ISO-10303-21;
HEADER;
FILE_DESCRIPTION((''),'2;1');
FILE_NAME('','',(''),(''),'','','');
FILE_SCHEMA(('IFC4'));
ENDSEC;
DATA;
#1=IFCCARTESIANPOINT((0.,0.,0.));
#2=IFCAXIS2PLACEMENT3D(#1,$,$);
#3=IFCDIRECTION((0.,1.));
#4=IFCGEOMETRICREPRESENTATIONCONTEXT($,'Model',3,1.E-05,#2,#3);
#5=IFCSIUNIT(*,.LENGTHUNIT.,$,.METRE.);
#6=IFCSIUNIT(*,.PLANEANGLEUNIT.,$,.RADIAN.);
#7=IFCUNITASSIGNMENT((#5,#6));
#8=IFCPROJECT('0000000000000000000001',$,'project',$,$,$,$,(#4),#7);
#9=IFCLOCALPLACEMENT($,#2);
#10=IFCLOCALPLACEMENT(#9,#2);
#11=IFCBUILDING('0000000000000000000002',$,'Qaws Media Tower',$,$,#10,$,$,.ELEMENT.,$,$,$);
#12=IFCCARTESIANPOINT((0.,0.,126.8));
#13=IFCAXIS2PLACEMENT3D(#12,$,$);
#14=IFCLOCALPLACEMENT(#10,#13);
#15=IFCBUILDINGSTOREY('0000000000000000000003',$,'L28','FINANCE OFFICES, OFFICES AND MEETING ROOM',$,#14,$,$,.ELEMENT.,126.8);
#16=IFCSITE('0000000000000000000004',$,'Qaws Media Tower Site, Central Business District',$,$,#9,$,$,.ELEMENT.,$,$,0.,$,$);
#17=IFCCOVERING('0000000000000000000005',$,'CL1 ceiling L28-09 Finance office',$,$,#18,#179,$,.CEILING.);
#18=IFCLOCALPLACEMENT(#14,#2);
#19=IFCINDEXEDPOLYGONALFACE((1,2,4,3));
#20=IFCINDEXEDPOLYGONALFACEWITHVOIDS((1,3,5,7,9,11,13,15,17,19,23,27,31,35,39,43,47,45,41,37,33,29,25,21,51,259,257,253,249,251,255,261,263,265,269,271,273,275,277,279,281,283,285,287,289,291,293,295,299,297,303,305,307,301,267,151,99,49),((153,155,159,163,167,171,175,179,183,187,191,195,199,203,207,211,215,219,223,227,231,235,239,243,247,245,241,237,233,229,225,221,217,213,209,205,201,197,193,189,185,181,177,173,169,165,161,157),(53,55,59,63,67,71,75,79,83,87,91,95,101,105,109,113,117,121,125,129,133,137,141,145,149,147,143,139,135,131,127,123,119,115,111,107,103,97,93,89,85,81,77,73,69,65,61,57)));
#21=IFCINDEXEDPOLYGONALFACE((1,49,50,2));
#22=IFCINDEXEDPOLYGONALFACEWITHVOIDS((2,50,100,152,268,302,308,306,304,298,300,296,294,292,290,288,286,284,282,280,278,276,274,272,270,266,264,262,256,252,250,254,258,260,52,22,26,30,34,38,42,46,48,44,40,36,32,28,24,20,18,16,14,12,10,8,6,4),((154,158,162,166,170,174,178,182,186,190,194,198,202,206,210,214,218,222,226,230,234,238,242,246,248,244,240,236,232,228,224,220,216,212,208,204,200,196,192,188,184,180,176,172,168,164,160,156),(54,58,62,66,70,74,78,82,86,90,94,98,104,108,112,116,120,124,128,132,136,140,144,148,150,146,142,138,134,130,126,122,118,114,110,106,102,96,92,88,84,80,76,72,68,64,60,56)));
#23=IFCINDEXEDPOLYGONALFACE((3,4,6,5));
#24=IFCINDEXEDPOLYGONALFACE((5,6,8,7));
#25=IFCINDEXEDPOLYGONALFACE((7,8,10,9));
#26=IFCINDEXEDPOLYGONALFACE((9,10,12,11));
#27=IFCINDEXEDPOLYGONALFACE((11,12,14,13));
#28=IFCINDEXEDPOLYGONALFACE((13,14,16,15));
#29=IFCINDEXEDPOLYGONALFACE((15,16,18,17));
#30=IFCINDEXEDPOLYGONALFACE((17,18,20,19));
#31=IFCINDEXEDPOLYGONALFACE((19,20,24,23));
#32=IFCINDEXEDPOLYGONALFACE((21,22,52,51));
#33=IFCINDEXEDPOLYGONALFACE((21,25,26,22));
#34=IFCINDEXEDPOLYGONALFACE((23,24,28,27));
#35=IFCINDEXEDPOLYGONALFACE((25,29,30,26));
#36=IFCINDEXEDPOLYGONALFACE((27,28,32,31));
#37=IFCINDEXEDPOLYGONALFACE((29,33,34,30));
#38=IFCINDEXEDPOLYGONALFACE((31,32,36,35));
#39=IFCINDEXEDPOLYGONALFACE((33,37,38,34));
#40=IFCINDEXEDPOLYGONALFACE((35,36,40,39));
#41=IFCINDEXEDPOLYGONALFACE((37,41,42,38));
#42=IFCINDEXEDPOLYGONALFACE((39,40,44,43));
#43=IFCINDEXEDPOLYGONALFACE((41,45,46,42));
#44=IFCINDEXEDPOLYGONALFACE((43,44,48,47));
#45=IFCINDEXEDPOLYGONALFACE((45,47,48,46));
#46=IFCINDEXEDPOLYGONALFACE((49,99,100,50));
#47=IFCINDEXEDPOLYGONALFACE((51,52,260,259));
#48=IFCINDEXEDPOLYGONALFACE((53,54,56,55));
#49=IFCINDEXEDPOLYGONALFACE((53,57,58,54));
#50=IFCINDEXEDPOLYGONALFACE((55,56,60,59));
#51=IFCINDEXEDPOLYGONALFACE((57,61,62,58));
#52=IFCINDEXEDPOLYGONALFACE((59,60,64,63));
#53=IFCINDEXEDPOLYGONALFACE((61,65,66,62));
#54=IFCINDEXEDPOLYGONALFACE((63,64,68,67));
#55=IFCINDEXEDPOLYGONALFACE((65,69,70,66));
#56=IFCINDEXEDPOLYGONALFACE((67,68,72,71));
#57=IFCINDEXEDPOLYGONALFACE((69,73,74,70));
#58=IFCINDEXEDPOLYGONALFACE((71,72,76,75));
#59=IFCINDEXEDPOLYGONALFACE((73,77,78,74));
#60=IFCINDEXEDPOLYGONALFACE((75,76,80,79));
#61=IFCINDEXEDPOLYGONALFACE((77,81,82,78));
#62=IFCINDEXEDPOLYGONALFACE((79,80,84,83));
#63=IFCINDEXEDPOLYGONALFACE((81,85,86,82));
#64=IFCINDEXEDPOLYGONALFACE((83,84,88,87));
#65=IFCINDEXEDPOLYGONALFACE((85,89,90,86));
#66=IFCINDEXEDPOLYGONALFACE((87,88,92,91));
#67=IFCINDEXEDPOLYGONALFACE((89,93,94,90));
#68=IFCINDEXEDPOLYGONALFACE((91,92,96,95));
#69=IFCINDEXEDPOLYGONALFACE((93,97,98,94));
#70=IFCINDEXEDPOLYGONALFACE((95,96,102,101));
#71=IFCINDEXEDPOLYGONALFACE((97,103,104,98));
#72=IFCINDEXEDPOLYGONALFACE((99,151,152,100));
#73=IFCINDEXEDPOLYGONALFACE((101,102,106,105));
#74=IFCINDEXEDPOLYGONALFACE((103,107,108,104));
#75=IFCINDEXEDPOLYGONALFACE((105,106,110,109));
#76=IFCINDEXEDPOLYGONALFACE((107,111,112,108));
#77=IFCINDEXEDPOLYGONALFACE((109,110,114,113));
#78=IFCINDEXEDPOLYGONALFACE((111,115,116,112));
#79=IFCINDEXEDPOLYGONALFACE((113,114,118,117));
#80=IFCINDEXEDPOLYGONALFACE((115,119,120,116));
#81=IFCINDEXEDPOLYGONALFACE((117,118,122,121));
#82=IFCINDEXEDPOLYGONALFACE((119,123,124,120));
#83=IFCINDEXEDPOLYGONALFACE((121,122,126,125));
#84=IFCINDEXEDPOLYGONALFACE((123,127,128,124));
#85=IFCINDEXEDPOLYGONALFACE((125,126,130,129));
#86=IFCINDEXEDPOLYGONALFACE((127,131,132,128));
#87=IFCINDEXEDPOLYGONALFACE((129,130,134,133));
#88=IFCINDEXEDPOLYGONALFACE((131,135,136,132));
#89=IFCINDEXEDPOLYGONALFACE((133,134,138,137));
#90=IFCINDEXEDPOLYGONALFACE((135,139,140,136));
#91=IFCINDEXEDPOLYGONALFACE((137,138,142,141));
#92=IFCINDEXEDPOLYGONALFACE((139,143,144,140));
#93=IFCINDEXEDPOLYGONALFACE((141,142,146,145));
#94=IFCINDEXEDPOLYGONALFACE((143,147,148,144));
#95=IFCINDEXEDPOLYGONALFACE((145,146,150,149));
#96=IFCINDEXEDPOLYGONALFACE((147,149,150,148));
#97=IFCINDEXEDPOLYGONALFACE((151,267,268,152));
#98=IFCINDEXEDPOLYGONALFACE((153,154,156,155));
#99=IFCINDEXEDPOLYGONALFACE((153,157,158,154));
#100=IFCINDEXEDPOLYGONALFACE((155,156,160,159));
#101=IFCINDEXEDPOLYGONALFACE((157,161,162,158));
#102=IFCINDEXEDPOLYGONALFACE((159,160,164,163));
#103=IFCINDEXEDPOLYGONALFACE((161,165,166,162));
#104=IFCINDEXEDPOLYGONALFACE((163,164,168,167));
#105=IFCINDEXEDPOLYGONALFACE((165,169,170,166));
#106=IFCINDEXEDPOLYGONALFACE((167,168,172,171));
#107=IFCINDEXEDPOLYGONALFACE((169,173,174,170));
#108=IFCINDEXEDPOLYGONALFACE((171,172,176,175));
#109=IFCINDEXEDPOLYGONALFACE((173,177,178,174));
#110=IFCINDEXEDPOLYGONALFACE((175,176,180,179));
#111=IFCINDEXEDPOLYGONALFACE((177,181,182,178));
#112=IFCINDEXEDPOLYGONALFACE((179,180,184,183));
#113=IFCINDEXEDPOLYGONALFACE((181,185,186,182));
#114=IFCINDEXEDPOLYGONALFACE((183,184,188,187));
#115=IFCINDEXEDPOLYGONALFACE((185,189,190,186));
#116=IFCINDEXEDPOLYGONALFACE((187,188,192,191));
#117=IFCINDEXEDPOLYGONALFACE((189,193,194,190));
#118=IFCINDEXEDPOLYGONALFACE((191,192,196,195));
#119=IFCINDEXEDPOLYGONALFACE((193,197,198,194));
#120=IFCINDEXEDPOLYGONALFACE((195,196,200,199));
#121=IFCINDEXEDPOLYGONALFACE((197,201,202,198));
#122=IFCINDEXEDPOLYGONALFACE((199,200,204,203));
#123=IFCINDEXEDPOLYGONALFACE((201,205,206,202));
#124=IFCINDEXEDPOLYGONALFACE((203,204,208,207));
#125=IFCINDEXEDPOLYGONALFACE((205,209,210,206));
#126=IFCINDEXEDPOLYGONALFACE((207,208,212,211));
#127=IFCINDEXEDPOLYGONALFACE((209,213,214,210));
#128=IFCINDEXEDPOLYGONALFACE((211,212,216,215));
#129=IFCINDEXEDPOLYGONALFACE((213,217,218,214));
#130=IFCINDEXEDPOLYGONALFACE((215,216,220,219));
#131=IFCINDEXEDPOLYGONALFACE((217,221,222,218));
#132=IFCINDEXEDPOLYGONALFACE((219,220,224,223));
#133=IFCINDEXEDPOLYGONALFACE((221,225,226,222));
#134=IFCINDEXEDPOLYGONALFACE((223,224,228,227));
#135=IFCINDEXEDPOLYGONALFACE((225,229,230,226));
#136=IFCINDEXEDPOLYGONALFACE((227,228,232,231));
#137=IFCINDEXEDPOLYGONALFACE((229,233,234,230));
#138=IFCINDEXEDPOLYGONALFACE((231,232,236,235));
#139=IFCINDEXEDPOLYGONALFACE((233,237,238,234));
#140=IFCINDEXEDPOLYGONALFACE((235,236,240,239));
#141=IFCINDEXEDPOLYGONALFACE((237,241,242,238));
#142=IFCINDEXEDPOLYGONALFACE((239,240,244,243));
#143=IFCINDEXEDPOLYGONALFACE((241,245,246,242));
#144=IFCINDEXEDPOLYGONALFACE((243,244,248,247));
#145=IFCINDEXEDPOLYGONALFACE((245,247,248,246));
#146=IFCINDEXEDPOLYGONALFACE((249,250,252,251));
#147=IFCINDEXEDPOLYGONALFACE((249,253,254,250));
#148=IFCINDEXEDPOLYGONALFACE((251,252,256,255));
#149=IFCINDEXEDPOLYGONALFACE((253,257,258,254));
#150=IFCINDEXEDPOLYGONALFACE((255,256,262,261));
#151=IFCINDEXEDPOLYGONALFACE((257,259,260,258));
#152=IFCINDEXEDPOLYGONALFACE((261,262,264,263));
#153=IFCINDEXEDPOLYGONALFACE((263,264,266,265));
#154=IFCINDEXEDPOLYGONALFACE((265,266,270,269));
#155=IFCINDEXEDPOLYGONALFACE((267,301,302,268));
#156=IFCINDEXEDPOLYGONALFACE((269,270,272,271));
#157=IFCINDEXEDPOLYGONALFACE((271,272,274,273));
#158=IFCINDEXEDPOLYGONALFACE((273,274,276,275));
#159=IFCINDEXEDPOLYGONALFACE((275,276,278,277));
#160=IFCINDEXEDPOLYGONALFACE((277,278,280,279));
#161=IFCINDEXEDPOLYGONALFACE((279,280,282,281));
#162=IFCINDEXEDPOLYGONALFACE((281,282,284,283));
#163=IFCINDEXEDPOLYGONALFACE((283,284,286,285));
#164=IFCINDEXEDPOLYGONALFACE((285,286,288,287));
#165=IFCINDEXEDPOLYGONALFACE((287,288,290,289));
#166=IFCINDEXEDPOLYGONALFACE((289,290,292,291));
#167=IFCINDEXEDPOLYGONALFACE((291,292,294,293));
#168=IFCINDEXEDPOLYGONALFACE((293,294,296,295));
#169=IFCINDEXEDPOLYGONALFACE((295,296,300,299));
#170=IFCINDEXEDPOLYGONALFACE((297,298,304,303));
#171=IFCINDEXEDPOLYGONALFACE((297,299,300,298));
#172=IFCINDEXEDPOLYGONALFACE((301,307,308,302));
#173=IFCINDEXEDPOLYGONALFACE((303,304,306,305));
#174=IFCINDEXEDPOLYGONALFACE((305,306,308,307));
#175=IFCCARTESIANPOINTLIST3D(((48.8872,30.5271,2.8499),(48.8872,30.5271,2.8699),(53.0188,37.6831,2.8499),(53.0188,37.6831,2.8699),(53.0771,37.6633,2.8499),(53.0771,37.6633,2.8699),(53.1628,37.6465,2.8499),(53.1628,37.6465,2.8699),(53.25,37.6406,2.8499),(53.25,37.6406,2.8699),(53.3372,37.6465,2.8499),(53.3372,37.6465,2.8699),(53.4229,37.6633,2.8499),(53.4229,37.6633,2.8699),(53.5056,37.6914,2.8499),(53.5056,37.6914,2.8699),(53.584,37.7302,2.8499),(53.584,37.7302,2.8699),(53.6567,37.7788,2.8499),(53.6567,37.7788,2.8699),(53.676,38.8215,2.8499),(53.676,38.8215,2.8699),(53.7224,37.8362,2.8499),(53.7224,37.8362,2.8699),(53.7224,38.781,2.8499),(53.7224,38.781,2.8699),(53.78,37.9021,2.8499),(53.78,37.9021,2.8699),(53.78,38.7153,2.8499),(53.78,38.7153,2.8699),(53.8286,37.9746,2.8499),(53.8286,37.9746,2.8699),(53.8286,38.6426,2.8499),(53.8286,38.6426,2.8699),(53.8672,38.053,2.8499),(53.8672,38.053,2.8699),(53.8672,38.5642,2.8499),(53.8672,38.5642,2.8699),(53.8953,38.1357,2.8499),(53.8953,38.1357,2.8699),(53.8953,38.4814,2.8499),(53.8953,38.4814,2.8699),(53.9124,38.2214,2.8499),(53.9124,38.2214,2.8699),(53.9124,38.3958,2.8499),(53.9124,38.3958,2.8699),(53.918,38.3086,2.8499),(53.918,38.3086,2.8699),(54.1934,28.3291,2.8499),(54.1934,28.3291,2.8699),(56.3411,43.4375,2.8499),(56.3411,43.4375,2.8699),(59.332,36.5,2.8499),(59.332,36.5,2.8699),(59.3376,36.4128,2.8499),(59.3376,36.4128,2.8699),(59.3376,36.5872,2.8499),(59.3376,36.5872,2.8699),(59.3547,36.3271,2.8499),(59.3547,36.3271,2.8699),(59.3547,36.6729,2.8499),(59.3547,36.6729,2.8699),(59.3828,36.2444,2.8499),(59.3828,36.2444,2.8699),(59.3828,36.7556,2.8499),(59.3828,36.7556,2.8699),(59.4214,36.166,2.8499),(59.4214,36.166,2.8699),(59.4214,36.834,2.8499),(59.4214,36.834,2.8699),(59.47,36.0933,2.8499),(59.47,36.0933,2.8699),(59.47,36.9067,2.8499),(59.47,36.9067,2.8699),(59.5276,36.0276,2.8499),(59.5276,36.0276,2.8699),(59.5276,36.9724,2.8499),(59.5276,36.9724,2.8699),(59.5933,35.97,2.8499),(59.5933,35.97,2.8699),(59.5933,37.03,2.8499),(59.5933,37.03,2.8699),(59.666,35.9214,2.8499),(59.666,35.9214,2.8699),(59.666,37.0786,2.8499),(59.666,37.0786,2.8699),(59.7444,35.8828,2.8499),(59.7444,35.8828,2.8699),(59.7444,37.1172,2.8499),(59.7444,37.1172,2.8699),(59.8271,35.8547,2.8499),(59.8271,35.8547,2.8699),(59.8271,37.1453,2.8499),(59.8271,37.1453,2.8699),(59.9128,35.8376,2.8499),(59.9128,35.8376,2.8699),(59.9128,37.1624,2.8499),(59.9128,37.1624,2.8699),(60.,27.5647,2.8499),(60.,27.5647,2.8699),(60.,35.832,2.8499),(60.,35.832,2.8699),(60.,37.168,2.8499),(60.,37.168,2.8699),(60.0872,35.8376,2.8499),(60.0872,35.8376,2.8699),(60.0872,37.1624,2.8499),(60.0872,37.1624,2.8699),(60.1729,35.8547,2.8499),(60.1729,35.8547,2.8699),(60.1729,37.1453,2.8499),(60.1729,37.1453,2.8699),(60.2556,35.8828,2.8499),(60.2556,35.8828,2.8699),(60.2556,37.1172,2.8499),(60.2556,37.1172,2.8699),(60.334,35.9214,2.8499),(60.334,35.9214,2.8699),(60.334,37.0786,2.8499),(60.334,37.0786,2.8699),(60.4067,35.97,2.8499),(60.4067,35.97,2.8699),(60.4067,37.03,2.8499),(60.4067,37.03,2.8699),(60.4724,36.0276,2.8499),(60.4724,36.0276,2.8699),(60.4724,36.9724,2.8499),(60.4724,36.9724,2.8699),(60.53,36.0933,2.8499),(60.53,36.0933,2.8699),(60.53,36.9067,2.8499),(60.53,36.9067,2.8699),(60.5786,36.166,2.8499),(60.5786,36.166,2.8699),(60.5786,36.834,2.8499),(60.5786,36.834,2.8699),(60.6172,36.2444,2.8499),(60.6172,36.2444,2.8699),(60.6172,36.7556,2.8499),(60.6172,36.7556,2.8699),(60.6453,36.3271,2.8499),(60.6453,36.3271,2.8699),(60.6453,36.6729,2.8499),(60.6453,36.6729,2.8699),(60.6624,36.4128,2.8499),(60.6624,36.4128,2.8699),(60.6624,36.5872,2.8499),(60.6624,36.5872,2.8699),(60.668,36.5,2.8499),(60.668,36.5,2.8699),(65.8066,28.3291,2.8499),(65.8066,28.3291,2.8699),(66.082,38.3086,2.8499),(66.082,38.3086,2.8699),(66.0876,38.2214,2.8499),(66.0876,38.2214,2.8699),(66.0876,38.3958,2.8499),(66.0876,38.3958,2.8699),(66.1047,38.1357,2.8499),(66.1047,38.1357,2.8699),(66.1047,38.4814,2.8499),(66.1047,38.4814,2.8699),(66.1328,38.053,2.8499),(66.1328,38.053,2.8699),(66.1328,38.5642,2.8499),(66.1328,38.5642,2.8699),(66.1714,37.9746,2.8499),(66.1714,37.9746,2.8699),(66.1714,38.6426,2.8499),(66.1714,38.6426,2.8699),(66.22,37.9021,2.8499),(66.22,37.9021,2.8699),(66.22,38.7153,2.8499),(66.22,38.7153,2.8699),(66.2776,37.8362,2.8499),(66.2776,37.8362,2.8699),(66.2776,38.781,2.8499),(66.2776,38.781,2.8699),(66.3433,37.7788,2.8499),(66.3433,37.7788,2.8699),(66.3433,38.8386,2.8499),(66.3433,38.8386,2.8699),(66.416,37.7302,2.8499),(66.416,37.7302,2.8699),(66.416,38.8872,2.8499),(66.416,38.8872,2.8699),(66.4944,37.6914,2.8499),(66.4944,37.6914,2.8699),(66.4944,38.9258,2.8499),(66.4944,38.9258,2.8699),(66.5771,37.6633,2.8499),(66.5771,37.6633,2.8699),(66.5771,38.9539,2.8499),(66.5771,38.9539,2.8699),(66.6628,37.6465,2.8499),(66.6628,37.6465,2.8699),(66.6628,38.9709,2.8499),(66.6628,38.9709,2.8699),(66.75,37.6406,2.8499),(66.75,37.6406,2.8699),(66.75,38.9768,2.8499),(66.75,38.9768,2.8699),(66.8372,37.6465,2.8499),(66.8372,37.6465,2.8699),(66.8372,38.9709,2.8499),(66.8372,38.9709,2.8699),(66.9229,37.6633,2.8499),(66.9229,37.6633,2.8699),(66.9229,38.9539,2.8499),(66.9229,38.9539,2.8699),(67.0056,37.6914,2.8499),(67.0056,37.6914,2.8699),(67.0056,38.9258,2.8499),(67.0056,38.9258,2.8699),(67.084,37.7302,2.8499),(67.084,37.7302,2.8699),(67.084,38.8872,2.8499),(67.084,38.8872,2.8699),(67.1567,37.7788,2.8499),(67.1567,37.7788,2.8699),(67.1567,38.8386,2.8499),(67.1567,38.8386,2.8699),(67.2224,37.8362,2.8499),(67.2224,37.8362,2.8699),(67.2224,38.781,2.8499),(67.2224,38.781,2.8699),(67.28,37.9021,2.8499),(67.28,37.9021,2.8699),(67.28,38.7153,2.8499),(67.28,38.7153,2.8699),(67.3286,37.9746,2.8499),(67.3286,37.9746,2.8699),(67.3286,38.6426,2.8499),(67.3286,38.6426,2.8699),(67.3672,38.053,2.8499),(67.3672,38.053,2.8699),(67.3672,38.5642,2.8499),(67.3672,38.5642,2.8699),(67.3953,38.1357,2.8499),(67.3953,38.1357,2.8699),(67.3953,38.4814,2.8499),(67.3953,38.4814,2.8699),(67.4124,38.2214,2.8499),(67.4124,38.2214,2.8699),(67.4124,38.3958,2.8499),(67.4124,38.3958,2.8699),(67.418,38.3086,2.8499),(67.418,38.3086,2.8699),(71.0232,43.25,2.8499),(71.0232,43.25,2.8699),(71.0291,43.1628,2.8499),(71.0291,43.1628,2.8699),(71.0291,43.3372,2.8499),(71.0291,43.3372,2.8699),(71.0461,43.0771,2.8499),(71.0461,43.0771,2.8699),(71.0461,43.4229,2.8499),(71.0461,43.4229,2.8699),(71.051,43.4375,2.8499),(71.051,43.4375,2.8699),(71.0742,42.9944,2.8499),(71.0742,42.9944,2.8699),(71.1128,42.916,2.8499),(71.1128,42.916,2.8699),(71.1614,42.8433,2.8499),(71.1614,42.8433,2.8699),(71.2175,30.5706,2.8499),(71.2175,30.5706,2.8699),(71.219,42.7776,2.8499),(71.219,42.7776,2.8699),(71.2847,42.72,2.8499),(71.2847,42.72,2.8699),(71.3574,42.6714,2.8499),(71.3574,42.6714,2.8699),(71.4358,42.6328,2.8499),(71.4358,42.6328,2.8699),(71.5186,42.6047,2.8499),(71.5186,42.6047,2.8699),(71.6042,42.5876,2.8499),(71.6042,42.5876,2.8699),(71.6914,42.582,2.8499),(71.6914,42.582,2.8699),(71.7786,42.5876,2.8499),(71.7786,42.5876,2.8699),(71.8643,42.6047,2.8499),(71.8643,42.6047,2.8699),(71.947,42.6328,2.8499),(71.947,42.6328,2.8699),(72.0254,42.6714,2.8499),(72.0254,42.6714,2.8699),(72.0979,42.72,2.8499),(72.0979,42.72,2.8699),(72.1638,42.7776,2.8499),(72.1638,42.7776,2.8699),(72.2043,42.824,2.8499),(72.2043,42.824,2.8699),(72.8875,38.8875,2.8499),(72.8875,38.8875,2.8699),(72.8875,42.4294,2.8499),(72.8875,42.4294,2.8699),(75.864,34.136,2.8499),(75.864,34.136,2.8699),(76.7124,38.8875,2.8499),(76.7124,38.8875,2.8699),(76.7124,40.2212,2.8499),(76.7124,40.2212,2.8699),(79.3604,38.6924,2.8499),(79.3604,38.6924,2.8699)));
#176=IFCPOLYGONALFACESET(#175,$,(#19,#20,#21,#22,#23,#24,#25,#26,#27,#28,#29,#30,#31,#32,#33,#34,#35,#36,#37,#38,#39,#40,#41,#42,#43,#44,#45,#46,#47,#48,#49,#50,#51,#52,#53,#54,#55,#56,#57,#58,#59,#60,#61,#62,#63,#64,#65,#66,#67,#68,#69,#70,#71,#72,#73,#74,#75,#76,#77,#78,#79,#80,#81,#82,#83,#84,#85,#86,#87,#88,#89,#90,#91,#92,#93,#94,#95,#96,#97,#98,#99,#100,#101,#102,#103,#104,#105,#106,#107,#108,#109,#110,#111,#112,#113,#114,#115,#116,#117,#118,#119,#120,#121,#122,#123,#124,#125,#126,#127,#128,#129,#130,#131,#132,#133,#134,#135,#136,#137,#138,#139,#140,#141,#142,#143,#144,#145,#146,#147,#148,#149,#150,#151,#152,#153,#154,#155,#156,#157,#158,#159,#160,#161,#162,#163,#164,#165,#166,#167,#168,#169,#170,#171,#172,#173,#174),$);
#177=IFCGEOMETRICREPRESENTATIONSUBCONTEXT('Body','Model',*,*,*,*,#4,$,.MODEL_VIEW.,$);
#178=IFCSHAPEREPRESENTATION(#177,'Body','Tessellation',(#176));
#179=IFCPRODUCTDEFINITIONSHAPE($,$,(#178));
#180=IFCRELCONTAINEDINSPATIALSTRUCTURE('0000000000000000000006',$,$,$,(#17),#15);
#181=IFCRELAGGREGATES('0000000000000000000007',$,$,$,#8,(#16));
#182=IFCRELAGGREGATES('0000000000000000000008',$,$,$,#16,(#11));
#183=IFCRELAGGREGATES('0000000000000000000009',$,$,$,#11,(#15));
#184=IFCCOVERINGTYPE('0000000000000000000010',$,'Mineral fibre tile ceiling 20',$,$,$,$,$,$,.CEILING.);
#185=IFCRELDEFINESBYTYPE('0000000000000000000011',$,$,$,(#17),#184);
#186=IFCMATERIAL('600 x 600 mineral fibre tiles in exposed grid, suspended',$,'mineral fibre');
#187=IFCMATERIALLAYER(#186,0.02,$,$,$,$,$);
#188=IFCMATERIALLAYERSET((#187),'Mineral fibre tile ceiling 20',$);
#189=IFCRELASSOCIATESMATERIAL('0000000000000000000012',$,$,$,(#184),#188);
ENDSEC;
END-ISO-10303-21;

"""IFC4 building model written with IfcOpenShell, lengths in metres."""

from ifc_helpers import new_model, si_unit, direction, frame, origin, place, context, subcontext, project, spatial, polyline, outline, extrude, material, layer, layer_set, type_object, element, save


model = new_model("IFC4")

# Units and contexts
model_context = context("Model", 3, precision=1e-05, world=origin(), true_north=direction((0.0, 1.0)))
body_context = subcontext(model_context, "Body", "Model", "MODEL_VIEW")
ifc_project = project(units=[si_unit("LENGTHUNIT", "METRE"), si_unit("PLANEANGLEUNIT", "RADIAN")], contexts=[model_context])

# Site, building, storey
site_placement = place(None, origin())
site = spatial("IfcSite", under=ifc_project, at=site_placement, Name="Qaws Media Tower Site, Central Business District", CompositionType="ELEMENT", RefElevation=0.0)
building_placement = place(site_placement, origin())
building = spatial("IfcBuilding", under=site, at=building_placement, Name="Qaws Media Tower", CompositionType="ELEMENT")
storey_placement = place(building_placement, frame((0.0, 0.0, 126.8)))
storey = spatial("IfcBuildingStorey", under=building, at=storey_placement, Name="L28", Description="FINANCE OFFICES, OFFICES AND MEETING ROOM", CompositionType="ELEMENT", Elevation=126.8)

# Covering
ifc_material_1 = material(Name="600 x 600 mineral fibre tiles in exposed grid, suspended", Category="mineral fibre")
ifc_layer_1 = layer(ifc_material_1, 0.02)
ifc_layer_set_1 = layer_set([ifc_layer_1], Name="Mineral fibre tile ceiling 20")
covering_type_1 = type_object("IfcCoveringType", Name="Mineral fibre tile ceiling 20", PredefinedType="CEILING", material=ifc_layer_set_1)
covering_1_placement = place(storey_placement, frame((0.0, 0.0, 2.8499)))
element("IfcCovering", 1, at=covering_1_placement, inside=storey, type_object=covering_type_1, Name="CL1 ceiling L28-09 Finance office", PredefinedType="CEILING", context=body_context, shape_type="SweptSolid", body=[
    extrude(outline(polyline([(72.8875, 38.8875), (76.7124, 38.8875), (76.7124, 40.2212), (79.3604, 38.6924), (75.864, 34.136), (71.2175, 30.5706), (65.8066, 28.3291), (60.0, 27.5647), (54.1934, 28.3291), (48.8872, 30.5271), (53.0188, 37.6831), (53.0771, 37.6633), (53.1628, 37.6465), (53.25, 37.6406), (53.3372, 37.6465), (53.4229, 37.6633), (53.5056, 37.6914), (53.584, 37.7302), (53.6567, 37.7788), (53.7224, 37.8362), (53.78, 37.9021), (53.8286, 37.9746), (53.8672, 38.053), (53.8953, 38.1357), (53.9124, 38.2214), (53.918, 38.3086), (53.9124, 38.3958), (53.8953, 38.4814), (53.8672, 38.5642), (53.8286, 38.6426), (53.78, 38.7153), (53.7224, 38.781), (53.676, 38.8215), (56.3411, 43.4375), (71.051, 43.4375), (71.0461, 43.4229), (71.0291, 43.3372), (71.0232, 43.25), (71.0291, 43.1628), (71.0461, 43.0771), (71.0742, 42.9944), (71.1128, 42.916), (71.1614, 42.8433), (71.219, 42.7776), (71.2847, 42.72), (71.3574, 42.6714), (71.4358, 42.6328), (71.5186, 42.6047), (71.6042, 42.5876), (71.6914, 42.582), (71.7786, 42.5876), (71.8643, 42.6047), (71.947, 42.6328), (72.0254, 42.6714), (72.0979, 42.72), (72.1638, 42.7776), (72.2043, 42.824), (72.8875, 42.4294), (72.8875, 38.8875)]), holes=[polyline([(60.6453, 36.3271), (60.6624, 36.4128), (60.668, 36.5), (60.6624, 36.5872), (60.6453, 36.6729), (60.6172, 36.7556), (60.5786, 36.834), (60.53, 36.9067), (60.4724, 36.9724), (60.4067, 37.03), (60.334, 37.0786), (60.2556, 37.1172), (60.1729, 37.1453), (60.0872, 37.1624), (60.0, 37.168), (59.9128, 37.1624), (59.8271, 37.1453), (59.7444, 37.1172), (59.666, 37.0786), (59.5933, 37.03), (59.5276, 36.9724), (59.47, 36.9067), (59.4214, 36.834), (59.3828, 36.7556), (59.3547, 36.6729), (59.3376, 36.5872), (59.332, 36.5), (59.3376, 36.4128), (59.3547, 36.3271), (59.3828, 36.2444), (59.4214, 36.166), (59.47, 36.0933), (59.5276, 36.0276), (59.5933, 35.97), (59.666, 35.9214), (59.7444, 35.8828), (59.8271, 35.8547), (59.9128, 35.8376), (60.0, 35.832), (60.0872, 35.8376), (60.1729, 35.8547), (60.2556, 35.8828), (60.334, 35.9214), (60.4067, 35.97), (60.4724, 36.0276), (60.53, 36.0933), (60.5786, 36.166), (60.6172, 36.2444), (60.6453, 36.3271)]), polyline([(67.3672, 38.053), (67.3953, 38.1357), (67.4124, 38.2214), (67.418, 38.3086), (67.4124, 38.3958), (67.3953, 38.4814), (67.3672, 38.5642), (67.3286, 38.6426), (67.28, 38.7153), (67.2224, 38.781), (67.1567, 38.8386), (67.084, 38.8872), (67.0056, 38.9258), (66.9229, 38.9539), (66.8372, 38.9709), (66.75, 38.9768), (66.6628, 38.9709), (66.5771, 38.9539), (66.4944, 38.9258), (66.416, 38.8872), (66.3433, 38.8386), (66.2776, 38.781), (66.22, 38.7153), (66.1714, 38.6426), (66.1328, 38.5642), (66.1047, 38.4814), (66.0876, 38.3958), (66.082, 38.3086), (66.0876, 38.2214), (66.1047, 38.1357), (66.1328, 38.053), (66.1714, 37.9746), (66.22, 37.9021), (66.2776, 37.8362), (66.3433, 37.7788), (66.416, 37.7302), (66.4944, 37.6914), (66.5771, 37.6633), (66.6628, 37.6465), (66.75, 37.6406), (66.8372, 37.6465), (66.9229, 37.6633), (67.0056, 37.6914), (67.084, 37.7302), (67.1567, 37.7788), (67.2224, 37.8362), (67.28, 37.9021), (67.3286, 37.9746), (67.3672, 38.053)])]), origin(), (0.0, 0.0, 1.0), 0.02),
])

save(model, "model.ifc")
